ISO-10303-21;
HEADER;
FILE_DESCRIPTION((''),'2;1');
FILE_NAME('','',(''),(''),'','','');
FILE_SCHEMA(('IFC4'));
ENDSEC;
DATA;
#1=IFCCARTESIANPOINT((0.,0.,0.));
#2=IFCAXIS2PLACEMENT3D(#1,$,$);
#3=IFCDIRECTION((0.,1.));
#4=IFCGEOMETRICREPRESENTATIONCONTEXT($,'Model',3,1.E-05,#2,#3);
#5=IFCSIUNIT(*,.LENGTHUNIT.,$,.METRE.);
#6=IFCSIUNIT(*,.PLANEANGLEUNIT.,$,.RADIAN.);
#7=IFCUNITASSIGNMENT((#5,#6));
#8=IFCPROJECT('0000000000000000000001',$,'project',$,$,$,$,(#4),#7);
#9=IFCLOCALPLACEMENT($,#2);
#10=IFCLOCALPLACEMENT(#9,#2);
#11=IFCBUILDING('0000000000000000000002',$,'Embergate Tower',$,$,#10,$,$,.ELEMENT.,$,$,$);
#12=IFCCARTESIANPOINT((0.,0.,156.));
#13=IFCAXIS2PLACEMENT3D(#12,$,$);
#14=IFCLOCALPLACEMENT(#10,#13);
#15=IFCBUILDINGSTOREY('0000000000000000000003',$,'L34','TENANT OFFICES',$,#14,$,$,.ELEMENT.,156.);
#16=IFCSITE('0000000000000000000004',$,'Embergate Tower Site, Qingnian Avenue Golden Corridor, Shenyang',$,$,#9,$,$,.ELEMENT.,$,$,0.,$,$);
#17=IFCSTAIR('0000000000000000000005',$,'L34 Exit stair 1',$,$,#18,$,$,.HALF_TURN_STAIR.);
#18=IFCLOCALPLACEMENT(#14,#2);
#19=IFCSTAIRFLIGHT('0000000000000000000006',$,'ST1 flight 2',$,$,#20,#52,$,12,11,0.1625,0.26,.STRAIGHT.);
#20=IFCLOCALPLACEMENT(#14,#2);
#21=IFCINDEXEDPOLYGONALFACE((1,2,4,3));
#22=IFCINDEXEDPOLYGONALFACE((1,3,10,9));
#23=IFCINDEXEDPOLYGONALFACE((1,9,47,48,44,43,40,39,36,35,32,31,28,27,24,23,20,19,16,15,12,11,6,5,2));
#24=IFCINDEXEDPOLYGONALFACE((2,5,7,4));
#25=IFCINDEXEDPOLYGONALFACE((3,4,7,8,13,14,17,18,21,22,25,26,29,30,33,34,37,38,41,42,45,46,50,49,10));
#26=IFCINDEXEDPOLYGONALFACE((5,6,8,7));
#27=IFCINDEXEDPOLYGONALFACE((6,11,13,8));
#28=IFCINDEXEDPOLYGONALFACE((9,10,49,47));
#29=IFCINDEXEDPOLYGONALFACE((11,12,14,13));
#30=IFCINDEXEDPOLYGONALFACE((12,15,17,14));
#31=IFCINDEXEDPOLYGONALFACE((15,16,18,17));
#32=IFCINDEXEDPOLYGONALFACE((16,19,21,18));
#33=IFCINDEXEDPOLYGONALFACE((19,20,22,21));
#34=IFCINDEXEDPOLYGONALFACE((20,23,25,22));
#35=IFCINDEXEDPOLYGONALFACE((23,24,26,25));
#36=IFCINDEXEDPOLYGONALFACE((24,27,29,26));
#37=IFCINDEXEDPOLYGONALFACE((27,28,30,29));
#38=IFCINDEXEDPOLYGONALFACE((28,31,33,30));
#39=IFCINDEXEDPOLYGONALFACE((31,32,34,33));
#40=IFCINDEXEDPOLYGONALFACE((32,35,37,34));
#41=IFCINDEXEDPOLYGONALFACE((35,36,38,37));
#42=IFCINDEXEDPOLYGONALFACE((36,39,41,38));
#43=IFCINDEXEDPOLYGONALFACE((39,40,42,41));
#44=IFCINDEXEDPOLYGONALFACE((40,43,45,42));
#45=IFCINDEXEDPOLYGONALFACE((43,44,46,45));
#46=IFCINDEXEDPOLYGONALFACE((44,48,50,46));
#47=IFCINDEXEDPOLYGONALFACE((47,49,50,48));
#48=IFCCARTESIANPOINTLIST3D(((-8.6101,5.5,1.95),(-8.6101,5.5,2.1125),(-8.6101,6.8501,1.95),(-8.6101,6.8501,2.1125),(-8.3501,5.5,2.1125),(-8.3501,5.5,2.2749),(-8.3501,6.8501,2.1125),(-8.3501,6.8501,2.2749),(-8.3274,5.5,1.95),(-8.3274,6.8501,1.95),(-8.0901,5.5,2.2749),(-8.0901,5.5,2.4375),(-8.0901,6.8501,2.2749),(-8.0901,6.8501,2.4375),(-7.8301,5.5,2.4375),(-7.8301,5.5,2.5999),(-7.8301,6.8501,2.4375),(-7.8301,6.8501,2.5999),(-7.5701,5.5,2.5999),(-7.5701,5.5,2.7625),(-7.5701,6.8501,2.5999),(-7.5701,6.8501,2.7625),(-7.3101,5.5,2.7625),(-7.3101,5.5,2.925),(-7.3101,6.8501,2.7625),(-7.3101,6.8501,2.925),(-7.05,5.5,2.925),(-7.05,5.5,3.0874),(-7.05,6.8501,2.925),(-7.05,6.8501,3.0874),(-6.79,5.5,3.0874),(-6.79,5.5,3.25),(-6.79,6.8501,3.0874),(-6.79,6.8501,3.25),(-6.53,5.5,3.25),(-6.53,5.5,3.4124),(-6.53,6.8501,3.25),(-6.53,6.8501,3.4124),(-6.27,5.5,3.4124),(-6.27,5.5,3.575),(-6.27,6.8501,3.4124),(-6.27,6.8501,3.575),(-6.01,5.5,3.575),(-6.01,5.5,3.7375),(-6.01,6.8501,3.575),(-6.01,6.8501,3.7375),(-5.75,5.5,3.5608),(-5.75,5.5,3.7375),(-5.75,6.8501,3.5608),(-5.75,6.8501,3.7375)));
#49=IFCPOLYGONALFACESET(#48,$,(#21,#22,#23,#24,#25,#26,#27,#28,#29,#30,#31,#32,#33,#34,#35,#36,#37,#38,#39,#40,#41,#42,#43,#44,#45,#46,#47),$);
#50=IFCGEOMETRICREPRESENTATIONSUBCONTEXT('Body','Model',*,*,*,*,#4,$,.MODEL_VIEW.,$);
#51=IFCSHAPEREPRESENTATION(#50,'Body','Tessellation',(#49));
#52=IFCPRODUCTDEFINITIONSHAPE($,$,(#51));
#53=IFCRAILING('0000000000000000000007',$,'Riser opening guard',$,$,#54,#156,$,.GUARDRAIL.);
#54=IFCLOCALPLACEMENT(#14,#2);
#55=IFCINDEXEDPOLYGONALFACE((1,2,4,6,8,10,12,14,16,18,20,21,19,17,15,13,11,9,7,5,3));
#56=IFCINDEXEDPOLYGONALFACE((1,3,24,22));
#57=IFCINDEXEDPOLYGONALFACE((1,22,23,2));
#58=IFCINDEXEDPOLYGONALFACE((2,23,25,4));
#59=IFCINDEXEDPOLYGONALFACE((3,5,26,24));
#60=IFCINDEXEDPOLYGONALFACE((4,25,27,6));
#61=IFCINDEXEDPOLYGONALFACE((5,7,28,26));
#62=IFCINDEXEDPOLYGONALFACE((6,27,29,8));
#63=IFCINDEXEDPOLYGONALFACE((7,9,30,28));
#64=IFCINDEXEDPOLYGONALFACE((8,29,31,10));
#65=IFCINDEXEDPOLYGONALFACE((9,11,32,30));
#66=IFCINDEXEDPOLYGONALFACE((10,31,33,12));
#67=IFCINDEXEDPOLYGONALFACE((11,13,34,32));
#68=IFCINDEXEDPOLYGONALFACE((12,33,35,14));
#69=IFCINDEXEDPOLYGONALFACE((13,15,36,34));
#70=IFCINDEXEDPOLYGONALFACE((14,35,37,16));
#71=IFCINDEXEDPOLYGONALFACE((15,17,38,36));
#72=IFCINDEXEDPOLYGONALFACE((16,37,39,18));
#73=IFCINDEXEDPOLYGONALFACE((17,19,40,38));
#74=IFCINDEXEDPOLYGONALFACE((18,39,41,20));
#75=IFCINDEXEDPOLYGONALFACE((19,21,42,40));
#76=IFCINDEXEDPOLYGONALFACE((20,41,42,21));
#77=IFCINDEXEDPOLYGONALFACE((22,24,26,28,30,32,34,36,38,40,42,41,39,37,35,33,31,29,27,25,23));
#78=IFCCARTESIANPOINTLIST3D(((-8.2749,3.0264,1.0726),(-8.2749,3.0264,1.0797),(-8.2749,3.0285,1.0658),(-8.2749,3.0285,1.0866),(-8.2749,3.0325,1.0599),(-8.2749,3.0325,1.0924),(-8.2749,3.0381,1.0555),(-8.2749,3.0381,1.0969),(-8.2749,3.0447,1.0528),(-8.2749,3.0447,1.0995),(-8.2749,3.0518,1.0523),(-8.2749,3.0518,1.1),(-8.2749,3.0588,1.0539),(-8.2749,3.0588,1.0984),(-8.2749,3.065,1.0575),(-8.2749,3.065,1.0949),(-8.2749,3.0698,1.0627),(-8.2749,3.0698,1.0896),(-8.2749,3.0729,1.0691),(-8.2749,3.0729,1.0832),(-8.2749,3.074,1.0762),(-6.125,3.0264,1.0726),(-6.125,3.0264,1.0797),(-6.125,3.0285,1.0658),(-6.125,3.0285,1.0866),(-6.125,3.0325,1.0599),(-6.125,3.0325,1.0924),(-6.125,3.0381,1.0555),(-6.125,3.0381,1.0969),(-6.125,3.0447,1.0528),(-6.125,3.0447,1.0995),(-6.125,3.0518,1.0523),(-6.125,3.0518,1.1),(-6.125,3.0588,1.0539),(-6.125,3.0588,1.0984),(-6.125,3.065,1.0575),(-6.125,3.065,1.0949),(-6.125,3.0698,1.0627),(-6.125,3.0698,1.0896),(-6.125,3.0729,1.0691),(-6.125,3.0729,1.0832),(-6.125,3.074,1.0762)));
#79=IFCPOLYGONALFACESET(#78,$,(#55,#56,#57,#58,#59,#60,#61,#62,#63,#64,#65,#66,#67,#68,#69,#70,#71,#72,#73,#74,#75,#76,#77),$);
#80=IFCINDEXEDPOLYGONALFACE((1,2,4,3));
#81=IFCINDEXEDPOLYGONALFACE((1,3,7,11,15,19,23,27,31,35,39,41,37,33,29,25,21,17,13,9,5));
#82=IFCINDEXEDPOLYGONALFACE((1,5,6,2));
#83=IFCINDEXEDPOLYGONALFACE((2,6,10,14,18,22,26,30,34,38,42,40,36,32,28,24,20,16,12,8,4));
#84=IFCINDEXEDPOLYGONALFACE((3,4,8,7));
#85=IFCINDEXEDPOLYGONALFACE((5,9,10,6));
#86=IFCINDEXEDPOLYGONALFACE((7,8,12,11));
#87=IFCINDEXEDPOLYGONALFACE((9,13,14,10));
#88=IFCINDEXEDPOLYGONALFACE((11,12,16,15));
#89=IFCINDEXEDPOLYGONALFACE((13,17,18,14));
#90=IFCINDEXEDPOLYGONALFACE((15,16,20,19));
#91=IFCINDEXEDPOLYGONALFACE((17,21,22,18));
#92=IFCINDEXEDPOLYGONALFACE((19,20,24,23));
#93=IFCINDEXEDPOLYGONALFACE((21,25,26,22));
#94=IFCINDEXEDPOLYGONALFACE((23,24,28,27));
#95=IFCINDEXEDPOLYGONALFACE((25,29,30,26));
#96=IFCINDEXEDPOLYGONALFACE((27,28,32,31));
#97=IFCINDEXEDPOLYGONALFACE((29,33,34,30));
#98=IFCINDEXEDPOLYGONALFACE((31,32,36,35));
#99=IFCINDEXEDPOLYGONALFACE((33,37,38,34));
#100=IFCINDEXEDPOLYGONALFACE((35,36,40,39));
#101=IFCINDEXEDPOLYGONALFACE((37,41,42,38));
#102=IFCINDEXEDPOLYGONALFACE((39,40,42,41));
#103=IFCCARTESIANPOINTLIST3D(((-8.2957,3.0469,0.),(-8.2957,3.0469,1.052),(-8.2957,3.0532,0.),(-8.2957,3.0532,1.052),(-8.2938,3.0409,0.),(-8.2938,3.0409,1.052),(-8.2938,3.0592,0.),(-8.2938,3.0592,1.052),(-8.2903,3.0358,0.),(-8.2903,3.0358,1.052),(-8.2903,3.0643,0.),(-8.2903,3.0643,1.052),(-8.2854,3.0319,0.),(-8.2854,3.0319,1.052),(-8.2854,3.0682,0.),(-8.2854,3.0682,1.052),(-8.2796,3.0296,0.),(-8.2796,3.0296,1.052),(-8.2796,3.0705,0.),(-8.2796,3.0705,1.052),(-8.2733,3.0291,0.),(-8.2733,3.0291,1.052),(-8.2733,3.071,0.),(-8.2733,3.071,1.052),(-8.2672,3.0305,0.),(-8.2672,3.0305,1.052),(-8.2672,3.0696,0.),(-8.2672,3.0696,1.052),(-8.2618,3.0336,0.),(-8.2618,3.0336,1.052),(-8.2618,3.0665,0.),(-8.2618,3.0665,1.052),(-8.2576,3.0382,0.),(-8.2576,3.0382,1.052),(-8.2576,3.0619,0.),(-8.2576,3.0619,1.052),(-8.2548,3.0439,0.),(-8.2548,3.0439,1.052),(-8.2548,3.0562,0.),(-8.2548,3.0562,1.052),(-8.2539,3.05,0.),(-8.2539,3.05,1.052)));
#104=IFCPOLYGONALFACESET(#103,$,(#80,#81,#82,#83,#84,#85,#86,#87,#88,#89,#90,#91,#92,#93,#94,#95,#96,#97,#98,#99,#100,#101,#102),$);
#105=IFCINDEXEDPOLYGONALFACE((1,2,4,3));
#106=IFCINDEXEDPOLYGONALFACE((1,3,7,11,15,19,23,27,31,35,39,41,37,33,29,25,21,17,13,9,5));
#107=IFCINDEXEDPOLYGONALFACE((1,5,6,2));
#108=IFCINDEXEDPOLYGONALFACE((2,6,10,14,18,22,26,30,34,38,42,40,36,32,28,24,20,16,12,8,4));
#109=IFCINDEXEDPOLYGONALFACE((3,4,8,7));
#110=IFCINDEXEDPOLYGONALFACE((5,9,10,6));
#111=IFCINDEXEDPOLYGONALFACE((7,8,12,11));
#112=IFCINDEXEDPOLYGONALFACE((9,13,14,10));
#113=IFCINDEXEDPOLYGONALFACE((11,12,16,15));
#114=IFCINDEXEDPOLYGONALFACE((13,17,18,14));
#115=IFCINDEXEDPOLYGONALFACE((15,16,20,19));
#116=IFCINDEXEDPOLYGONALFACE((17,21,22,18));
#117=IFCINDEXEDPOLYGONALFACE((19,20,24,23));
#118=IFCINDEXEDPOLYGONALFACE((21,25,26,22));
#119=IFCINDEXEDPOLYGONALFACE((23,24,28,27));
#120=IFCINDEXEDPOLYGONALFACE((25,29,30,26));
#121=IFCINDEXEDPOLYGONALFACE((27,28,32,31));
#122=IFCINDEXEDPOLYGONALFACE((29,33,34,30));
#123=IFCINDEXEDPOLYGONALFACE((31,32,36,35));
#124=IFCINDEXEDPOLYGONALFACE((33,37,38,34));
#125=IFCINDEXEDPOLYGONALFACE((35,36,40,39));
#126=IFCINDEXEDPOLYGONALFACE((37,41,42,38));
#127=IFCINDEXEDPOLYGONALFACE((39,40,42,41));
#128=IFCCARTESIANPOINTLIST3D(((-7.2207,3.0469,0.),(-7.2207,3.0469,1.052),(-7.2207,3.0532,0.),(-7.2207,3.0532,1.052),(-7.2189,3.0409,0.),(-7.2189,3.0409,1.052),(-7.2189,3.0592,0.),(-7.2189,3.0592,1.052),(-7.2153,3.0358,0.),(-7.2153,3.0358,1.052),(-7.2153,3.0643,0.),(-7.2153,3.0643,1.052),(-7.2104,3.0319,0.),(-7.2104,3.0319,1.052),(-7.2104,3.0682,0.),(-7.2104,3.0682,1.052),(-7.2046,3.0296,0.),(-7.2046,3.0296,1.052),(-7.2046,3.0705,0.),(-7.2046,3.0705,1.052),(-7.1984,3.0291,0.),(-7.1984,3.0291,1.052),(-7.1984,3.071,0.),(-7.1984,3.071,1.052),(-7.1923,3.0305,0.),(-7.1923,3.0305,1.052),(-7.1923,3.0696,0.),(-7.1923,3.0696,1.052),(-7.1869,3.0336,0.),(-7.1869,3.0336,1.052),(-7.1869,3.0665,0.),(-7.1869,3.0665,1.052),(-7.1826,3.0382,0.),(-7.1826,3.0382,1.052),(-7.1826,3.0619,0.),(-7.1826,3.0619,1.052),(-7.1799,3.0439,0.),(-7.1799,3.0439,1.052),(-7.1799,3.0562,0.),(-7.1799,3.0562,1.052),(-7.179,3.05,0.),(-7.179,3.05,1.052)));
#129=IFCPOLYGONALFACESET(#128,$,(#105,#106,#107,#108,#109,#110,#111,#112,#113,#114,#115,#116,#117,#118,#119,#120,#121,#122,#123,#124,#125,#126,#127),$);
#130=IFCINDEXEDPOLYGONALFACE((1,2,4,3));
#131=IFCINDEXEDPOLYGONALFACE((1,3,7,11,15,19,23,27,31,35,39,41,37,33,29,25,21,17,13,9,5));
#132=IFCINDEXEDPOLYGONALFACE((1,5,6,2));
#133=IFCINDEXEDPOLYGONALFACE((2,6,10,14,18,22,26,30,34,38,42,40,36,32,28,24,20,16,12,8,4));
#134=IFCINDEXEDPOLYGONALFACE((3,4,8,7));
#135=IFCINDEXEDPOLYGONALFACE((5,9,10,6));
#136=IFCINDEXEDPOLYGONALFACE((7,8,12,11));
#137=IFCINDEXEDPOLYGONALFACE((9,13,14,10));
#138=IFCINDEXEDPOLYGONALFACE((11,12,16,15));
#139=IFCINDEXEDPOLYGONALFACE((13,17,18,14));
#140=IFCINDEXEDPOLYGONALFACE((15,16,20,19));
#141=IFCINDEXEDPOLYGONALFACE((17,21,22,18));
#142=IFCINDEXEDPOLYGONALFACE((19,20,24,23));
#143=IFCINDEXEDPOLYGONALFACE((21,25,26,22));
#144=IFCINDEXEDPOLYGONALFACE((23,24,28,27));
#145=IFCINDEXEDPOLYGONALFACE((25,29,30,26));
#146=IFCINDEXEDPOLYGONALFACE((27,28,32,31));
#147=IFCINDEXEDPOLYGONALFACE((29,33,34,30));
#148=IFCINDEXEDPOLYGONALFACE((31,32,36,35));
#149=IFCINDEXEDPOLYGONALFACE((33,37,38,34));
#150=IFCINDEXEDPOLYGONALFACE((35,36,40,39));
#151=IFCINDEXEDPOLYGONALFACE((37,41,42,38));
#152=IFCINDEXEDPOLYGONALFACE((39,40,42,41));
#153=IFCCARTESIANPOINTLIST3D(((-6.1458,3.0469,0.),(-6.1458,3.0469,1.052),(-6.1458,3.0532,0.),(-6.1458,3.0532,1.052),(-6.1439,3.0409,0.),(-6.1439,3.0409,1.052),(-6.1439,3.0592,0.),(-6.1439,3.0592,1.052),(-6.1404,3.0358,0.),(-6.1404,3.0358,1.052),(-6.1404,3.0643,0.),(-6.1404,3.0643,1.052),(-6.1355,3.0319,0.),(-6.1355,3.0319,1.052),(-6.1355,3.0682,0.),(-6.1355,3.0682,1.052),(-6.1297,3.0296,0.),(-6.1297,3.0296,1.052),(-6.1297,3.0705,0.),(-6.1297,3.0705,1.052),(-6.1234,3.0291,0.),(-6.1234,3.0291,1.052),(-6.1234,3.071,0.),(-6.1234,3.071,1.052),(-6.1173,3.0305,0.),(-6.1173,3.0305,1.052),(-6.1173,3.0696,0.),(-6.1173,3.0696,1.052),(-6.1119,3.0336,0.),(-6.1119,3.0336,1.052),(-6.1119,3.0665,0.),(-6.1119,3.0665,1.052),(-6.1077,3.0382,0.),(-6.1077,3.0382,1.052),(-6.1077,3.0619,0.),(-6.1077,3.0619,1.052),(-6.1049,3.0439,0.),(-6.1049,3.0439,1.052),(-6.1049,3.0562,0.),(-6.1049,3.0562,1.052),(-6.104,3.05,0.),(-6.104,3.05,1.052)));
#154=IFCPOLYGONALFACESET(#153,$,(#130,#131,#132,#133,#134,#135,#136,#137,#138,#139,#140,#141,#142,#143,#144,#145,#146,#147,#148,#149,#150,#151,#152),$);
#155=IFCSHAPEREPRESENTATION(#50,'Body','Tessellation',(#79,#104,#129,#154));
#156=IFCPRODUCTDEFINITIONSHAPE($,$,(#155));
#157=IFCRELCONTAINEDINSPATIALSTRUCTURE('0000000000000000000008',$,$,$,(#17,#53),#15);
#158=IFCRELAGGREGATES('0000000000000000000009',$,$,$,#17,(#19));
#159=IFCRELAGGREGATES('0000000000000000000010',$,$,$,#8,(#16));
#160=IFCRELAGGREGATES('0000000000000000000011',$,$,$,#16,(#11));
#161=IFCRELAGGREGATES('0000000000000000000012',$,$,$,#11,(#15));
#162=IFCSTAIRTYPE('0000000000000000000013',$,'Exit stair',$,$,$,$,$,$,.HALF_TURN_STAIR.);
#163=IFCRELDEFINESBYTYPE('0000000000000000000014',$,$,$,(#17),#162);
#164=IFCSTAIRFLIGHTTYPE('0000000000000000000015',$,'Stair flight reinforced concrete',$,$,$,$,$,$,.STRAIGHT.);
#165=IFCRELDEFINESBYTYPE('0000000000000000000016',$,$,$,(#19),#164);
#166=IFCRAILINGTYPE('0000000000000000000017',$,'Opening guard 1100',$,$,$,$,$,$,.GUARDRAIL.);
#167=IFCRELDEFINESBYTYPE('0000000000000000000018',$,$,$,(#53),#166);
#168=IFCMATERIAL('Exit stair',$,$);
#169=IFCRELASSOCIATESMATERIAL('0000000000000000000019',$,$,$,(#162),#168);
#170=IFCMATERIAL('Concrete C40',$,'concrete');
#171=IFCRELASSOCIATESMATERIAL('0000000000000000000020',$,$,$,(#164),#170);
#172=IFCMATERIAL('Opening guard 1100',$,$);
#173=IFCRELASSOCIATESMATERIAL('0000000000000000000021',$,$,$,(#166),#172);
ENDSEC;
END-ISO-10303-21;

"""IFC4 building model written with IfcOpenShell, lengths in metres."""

from ifc_helpers import new_model, si_unit, direction, frame, origin, origin_2d, place, context, subcontext, project, spatial, polyline, circle, outline, extrude, source, transform, mapped, material, type_object, element, aggregate, save


model = new_model("IFC4")

# Units and contexts
model_context = context("Model", 3, precision=1e-05, world=origin(), true_north=direction((0.0, 1.0)))
body_context = subcontext(model_context, "Body", "Model", "MODEL_VIEW")
ifc_project = project(units=[si_unit("LENGTHUNIT", "METRE"), si_unit("PLANEANGLEUNIT", "RADIAN")], contexts=[model_context])

# Site, building, storey
site_placement = place(None, origin())
site = spatial("IfcSite", under=ifc_project, at=site_placement, Name="Embergate Tower Site, Qingnian Avenue Golden Corridor, Shenyang", CompositionType="ELEMENT", RefElevation=0.0)
building_placement = place(site_placement, origin())
building = spatial("IfcBuilding", under=site, at=building_placement, Name="Embergate Tower", CompositionType="ELEMENT")
storey_placement = place(building_placement, frame((0.0, 0.0, 156.0)))
storey = spatial("IfcBuildingStorey", under=building, at=storey_placement, Name="L34", Description="TENANT OFFICES", CompositionType="ELEMENT", Elevation=156.0)

# Stair
ifc_material_1 = material(Name="Exit stair")
stair_type = type_object("IfcStairType", Name="Exit stair", PredefinedType="HALF_TURN_STAIR", material=ifc_material_1)
stair_placement = place(storey_placement, origin())
stair = element("IfcStair", 1, at=stair_placement, inside=storey, type_object=stair_type, Name="L34 Exit stair 1", PredefinedType="HALF_TURN_STAIR")
ifc_material_2 = material(Name="Concrete C40", Category="concrete")

# Stair flight
stair_flight_type = type_object("IfcStairFlightType", Name="Stair flight reinforced concrete", PredefinedType="STRAIGHT", material=ifc_material_2)
shared_shape_1 = source(origin(), body_context, "Body", "SweptSolid", [
    extrude(outline(polyline([(0.0, 0.0), (0.0, 0.1626), (0.26, 0.1626), (0.26, 0.325), (0.52, 0.325), (0.52, 0.4875), (0.78, 0.4875), (0.78, 0.6499), (1.04, 0.6499), (1.04, 0.8125), (1.3, 0.8125), (1.3, 0.9751), (1.5601, 0.9751), (1.5601, 1.1375), (1.8201, 1.1375), (1.8201, 1.3), (2.0801, 1.3), (2.0801, 1.4624), (2.3401, 1.4624), (2.3401, 1.625), (2.6001, 1.625), (2.6001, 1.7876), (2.8601, 1.7876), (2.8601, 1.95), (2.8601, 1.6108), (0.2827, 0.0), (0.0, 0.0)])), frame((0.0, 0.675, 0.0), z_axis=(0.0, -1.0, 0.0), x_axis=(1.0, 0.0, 0.0)), (0.0, 0.0, 1.0), 1.3501),
])
stair_flight_1_placement = place(storey_placement, frame((-8.6101, 6.175, 1.95), z_axis=(0.0, 0.0, 1.0), x_axis=(1.0, 0.0, 0.0)))
stair_flight_1 = element("IfcStairFlight", 2, at=stair_flight_1_placement, type_object=stair_flight_type, Name="ST1 flight 2", NumberOfRisers=12, NumberOfTreads=11, PredefinedType="STRAIGHT", RiserHeight=0.1625, TreadLength=0.26, context=body_context, shape_type="MappedRepresentation", body=[
    mapped(shared_shape_1, transform((0.0, 0.0, 0.0))),
])
aggregate(stair, [stair_flight_1])

# Railing
ifc_material_3 = material(Name="Opening guard 1100")
railing_type_1 = type_object("IfcRailingType", Name="Opening guard 1100", PredefinedType="GUARDRAIL", material=ifc_material_3)
shared_shape_2 = source(origin(), body_context, "Body", "SweptSolid", [
    extrude(circle(Radius=0.0239, at=origin_2d()), frame((0.0, 0.0, 1.0762), z_axis=(1.0, 0.0, 0.0), x_axis=(0.0, 1.0, 0.0)), (0.0, 0.0, 1.0), 2.1499),
    extrude(circle(Radius=0.021, at=origin_2d()), origin(), (0.0, 0.0, 1.0), 1.052),
    extrude(circle(Radius=0.021, at=origin_2d()), frame((1.075, 0.0, 0.0)), (0.0, 0.0, 1.0), 1.052),
    extrude(circle(Radius=0.021, at=origin_2d()), frame((2.1499, 0.0, 0.0)), (0.0, 0.0, 1.0), 1.052),
])
railing_1_placement = place(storey_placement, frame((-8.2749, 3.05, 0.0)))
element("IfcRailing", 3, at=railing_1_placement, inside=storey, type_object=railing_type_1, Name="Riser opening guard", PredefinedType="GUARDRAIL", context=body_context, shape_type="MappedRepresentation", body=[
    mapped(shared_shape_2, transform((0.0, 0.0, 0.0))),
])

save(model, "model.ifc")
